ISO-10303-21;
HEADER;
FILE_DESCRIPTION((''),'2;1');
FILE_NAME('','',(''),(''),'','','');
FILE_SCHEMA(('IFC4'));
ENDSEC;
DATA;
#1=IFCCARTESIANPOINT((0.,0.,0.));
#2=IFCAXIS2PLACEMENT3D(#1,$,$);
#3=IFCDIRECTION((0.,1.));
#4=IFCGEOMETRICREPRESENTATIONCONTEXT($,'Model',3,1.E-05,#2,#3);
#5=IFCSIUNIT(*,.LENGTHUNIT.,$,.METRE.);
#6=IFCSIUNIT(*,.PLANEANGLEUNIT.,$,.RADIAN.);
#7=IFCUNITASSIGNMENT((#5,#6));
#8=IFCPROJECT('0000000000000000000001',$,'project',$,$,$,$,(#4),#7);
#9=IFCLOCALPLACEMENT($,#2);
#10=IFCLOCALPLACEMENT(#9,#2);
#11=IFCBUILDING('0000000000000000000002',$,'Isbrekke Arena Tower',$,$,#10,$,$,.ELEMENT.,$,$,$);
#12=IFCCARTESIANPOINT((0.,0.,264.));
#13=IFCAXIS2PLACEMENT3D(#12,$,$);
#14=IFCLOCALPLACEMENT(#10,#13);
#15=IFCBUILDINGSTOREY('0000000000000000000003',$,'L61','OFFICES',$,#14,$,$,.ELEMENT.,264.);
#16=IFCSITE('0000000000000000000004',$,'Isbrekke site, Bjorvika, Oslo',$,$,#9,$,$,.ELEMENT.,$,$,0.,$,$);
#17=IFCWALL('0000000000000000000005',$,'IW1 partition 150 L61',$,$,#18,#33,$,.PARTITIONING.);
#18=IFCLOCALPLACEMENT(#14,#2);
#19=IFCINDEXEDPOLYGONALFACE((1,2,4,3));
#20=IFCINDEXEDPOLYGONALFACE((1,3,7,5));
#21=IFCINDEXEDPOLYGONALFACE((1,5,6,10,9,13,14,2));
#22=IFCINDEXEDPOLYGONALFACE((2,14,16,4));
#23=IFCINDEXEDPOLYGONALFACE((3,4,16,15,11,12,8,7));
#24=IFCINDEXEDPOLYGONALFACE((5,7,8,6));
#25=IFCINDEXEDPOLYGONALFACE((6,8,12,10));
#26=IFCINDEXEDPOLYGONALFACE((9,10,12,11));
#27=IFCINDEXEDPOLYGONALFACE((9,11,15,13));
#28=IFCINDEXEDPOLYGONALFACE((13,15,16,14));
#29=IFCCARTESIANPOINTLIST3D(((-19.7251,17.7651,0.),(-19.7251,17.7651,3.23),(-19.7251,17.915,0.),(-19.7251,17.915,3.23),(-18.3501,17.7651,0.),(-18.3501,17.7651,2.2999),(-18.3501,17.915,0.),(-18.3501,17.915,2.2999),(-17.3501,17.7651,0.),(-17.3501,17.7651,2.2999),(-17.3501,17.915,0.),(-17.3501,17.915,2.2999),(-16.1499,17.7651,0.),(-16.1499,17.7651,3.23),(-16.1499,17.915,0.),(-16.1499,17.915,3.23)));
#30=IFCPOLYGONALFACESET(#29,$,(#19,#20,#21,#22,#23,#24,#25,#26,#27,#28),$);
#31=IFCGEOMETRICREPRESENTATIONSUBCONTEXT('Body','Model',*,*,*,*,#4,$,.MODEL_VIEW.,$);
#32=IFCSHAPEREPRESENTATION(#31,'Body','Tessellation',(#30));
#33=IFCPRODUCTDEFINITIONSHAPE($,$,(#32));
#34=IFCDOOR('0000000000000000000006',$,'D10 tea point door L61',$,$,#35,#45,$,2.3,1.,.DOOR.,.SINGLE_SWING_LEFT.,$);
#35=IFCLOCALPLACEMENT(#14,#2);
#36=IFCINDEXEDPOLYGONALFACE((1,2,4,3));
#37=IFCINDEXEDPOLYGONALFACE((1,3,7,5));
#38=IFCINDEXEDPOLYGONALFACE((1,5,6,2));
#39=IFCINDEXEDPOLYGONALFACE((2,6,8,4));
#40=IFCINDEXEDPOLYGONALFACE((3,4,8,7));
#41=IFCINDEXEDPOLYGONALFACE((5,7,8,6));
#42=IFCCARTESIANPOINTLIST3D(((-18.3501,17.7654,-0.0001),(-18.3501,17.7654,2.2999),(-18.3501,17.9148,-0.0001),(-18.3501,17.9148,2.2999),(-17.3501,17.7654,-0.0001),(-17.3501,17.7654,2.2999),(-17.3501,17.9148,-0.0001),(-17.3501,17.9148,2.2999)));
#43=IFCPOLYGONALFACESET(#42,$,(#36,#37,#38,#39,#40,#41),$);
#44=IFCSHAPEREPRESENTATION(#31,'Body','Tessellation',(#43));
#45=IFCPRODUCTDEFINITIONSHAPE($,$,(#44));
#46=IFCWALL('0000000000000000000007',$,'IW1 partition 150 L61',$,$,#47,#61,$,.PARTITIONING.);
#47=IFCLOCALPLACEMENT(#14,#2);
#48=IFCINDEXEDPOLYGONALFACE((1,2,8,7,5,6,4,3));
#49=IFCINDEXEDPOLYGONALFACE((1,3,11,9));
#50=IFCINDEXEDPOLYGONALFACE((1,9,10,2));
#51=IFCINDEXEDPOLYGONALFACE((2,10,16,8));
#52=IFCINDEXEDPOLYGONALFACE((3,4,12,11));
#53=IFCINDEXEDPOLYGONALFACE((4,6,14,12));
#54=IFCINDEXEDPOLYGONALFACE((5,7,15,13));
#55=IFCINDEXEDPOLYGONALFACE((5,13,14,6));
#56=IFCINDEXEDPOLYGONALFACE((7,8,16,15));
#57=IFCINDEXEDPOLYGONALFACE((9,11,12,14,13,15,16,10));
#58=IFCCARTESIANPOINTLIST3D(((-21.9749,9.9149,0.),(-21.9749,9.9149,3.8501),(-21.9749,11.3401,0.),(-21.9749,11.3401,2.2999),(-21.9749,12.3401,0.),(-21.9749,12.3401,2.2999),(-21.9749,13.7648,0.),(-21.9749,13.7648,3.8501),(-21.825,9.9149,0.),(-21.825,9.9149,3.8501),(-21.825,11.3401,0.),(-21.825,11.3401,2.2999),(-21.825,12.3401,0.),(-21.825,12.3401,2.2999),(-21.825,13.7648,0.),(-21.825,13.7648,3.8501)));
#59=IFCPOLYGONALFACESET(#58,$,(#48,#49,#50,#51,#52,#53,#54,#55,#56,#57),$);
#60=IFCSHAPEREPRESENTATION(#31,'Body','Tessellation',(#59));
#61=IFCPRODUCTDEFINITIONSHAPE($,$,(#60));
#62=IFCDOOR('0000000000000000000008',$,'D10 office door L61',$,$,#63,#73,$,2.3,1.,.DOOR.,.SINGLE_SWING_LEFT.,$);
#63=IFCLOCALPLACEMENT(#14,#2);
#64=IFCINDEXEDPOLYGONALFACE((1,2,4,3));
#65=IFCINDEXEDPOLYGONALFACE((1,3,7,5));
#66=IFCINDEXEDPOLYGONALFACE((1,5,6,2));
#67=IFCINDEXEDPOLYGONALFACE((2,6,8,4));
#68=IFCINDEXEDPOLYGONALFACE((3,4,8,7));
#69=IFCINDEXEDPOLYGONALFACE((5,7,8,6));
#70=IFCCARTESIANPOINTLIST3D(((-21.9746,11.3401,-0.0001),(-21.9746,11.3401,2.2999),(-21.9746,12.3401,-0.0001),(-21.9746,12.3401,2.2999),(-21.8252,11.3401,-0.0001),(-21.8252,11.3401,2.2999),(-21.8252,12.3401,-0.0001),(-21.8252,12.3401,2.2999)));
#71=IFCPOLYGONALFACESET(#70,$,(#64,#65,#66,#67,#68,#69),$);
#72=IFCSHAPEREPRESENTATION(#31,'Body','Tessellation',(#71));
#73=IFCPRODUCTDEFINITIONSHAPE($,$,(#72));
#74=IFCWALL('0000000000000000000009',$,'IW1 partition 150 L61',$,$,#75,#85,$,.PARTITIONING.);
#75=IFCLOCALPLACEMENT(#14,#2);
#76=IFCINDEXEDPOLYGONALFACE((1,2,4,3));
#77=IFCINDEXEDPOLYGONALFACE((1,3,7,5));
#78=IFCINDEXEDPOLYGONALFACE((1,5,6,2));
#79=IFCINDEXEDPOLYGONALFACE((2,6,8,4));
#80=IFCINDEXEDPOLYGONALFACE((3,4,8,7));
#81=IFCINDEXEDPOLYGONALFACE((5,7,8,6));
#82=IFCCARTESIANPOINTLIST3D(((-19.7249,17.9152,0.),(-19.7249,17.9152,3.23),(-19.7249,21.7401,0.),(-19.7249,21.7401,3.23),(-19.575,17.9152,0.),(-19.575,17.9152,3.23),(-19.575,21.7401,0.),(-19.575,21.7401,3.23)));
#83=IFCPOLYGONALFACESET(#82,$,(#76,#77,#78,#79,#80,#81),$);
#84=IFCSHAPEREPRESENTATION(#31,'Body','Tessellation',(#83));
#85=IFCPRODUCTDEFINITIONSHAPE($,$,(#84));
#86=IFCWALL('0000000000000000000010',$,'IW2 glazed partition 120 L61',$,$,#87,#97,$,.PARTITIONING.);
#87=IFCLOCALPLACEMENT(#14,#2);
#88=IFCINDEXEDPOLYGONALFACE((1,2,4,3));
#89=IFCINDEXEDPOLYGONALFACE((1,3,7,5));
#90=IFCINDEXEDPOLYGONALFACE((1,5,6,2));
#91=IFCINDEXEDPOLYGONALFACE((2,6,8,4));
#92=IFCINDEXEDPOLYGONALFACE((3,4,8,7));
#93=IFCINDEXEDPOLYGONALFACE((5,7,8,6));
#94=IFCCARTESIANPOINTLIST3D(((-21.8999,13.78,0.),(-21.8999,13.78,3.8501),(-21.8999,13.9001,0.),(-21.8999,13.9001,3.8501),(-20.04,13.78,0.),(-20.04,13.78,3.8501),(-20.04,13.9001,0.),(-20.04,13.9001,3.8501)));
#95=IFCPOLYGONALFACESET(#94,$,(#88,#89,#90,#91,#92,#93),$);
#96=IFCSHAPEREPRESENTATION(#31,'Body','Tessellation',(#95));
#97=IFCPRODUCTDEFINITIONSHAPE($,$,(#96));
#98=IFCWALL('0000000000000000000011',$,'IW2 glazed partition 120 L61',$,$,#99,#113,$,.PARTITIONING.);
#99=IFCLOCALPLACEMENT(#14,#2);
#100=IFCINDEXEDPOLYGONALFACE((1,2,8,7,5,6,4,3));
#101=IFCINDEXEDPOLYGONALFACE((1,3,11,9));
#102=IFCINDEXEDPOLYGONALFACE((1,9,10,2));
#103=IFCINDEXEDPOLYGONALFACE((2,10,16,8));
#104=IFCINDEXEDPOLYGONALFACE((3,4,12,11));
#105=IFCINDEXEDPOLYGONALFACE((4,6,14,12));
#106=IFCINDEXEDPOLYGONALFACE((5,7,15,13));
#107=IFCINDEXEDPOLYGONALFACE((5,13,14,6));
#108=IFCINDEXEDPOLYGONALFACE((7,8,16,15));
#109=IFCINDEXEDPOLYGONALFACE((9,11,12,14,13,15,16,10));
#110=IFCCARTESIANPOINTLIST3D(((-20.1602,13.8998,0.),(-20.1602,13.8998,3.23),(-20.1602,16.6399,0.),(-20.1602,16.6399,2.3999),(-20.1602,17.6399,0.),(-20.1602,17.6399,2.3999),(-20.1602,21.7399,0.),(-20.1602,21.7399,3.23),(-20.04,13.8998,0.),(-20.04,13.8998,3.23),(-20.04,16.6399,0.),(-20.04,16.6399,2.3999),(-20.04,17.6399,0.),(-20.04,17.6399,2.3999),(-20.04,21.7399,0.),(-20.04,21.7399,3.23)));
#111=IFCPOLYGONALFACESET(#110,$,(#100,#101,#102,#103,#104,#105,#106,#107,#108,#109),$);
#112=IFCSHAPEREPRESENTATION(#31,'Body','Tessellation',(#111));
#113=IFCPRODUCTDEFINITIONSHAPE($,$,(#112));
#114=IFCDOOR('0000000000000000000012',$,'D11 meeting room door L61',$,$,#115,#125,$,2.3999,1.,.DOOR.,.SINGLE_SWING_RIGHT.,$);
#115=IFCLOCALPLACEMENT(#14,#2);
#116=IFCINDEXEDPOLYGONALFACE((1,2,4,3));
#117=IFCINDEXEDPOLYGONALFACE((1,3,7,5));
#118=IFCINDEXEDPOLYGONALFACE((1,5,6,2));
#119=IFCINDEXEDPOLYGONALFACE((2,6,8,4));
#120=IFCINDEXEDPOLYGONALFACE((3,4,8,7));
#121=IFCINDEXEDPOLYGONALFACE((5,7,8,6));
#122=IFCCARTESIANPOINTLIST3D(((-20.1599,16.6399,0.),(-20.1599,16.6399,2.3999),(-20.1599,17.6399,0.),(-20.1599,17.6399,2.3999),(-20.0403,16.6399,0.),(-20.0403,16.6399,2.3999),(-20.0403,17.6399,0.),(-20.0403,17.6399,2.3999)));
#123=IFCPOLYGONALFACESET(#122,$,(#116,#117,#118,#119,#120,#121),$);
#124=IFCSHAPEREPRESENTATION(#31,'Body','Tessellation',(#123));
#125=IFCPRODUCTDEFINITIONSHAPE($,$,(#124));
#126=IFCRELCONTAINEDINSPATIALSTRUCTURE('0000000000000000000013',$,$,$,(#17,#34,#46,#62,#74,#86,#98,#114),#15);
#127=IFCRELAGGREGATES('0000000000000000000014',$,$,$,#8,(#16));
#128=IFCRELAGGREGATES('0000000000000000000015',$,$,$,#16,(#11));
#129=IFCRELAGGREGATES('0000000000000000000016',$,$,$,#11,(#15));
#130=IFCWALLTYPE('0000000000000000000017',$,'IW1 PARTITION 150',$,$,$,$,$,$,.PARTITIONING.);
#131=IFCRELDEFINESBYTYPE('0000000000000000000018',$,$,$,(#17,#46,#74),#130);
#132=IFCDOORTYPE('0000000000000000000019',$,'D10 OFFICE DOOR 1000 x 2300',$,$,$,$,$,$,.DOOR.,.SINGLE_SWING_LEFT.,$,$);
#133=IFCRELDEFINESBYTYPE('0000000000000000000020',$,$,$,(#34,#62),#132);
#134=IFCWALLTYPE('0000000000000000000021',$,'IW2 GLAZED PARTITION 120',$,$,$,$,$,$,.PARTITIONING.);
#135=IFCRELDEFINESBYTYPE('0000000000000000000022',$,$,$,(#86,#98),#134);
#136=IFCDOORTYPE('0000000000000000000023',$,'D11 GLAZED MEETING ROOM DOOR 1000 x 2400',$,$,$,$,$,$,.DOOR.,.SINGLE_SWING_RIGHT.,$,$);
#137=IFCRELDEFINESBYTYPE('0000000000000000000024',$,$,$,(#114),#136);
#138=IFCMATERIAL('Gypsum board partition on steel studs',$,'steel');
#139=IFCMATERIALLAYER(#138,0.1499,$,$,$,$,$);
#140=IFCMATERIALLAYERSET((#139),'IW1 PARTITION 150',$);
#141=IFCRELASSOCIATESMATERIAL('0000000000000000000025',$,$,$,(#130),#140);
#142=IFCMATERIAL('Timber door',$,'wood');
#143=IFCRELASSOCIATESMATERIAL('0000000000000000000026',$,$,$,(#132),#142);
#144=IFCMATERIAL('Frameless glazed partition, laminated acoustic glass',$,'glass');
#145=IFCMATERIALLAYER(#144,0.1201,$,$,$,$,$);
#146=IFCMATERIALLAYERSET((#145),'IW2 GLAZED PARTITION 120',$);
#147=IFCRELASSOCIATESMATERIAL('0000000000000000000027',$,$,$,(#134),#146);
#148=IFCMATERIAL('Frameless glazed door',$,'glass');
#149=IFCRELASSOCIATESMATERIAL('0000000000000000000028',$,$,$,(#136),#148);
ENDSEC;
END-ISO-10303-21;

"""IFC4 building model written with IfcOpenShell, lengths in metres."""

from ifc_helpers import new_model, si_unit, direction, frame, frame_2d, origin, place, context, subcontext, project, spatial, rectangle, extrude, material, layer, layer_set, type_object, element, fill, save


model = new_model("IFC4")

# Units and contexts
model_context = context("Model", 3, precision=1e-05, world=origin(), true_north=direction((0.0, 1.0)))
body_context = subcontext(model_context, "Body", "Model", "MODEL_VIEW")
ifc_project = project(units=[si_unit("LENGTHUNIT", "METRE"), si_unit("PLANEANGLEUNIT", "RADIAN")], contexts=[model_context])

# Site, building, storey
site_placement = place(None, origin())
site = spatial("IfcSite", under=ifc_project, at=site_placement, Name="Isbrekke site, Bjorvika, Oslo", CompositionType="ELEMENT", RefElevation=0.0)
building_placement = place(site_placement, origin())
building = spatial("IfcBuilding", under=site, at=building_placement, Name="Isbrekke Arena Tower", CompositionType="ELEMENT")
storey_placement = place(building_placement, frame((0.0, 0.0, 264.0)))
storey = spatial("IfcBuildingStorey", under=building, at=storey_placement, Name="L61", Description="OFFICES", CompositionType="ELEMENT", Elevation=264.0)

# Shared definitions
ifc_material_1 = material(Name="Gypsum board partition on steel studs", Category="steel")
ifc_layer_1 = layer(ifc_material_1, 0.1499)
ifc_layer_set_1 = layer_set([ifc_layer_1], Name="IW1 PARTITION 150")
wall_type_1 = type_object("IfcWallType", Name="IW1 PARTITION 150", PredefinedType="PARTITIONING", material=ifc_layer_set_1)

# Walls, openings, doors
wall_1_placement = place(storey_placement, frame((-19.7251, 17.8401, 0.0), z_axis=(0.0, 0.0, 1.0), x_axis=(1.0, 0.0, 0.0)))
wall_1 = element("IfcWall", 1, at=wall_1_placement, inside=storey, type_object=wall_type_1, Name="IW1 partition 150 L61", PredefinedType="PARTITIONING", context=body_context, shape_type="SweptSolid", body=[
    extrude(rectangle(XDim=3.5752, YDim=0.1499, at=frame_2d((1.7876, 0.0))), origin(), (0.0, 0.0, 1.0), 3.23),
])
opening_1_placement = place(wall_1_placement, frame((1.375, 0.0, 0.0)))
opening_1 = element("IfcOpeningElement", 2, at=opening_1_placement, cuts=wall_1, PredefinedType="OPENING", context=body_context, shape_type="SweptSolid", body=[
    extrude(rectangle(XDim=1.0, YDim=2.3, at=frame_2d((0.5, 1.1499))), frame((0.0, 0.0898, 0.0), z_axis=(0.0, -1.0, 0.0), x_axis=(1.0, 0.0, 0.0)), (0.0, 0.0, 1.0), 0.1797),
])
ifc_material_2 = material(Name="Timber door", Category="wood")
door_type_1 = type_object("IfcDoorType", Name="D10 OFFICE DOOR 1000 x 2300", OperationType="SINGLE_SWING_LEFT", PredefinedType="DOOR", material=ifc_material_2)
door_1_placement = place(opening_1_placement, origin())
door_1 = element("IfcDoor", 3, at=door_1_placement, inside=storey, type_object=door_type_1, Name="D10 tea point door L61", OperationType="SINGLE_SWING_LEFT", OverallHeight=2.3, OverallWidth=1.0, PredefinedType="DOOR", context=body_context, shape_type="SweptSolid", body=[
    extrude(rectangle(XDim=1.0, YDim=2.3, at=frame_2d((0.5, 1.1499))), frame((0.0, 0.0747, 0.0), z_axis=(0.0, -1.0, 0.0), x_axis=(1.0, 0.0, 0.0)), (0.0, 0.0, 1.0), 0.1494),
])
fill(opening_1, door_1)
wall_2_placement = place(storey_placement, frame((-21.8999, 9.915, 0.0), z_axis=(0.0, 0.0, 1.0), x_axis=(0.0, 1.0, 0.0)))
wall_2 = element("IfcWall", 4, at=wall_2_placement, inside=storey, type_object=wall_type_1, Name="IW1 partition 150 L61", PredefinedType="PARTITIONING", context=body_context, shape_type="SweptSolid", body=[
    extrude(rectangle(XDim=3.8499, YDim=0.1499, at=frame_2d((1.9248, 0.0))), origin(), (0.0, 0.0, 1.0), 3.8501),
])
opening_2_placement = place(wall_2_placement, frame((1.425, 0.0, 0.0)))
opening_2 = element("IfcOpeningElement", 5, at=opening_2_placement, cuts=wall_2, PredefinedType="OPENING", context=body_context, shape_type="SweptSolid", body=[
    extrude(rectangle(XDim=1.0, YDim=2.3, at=frame_2d((0.5, 1.1499))), frame((0.0, 0.0898, 0.0), z_axis=(0.0, -1.0, 0.0), x_axis=(1.0, 0.0, 0.0)), (0.0, 0.0, 1.0), 0.1797),
])
door_2_placement = place(opening_2_placement, origin())
door_2 = element("IfcDoor", 6, at=door_2_placement, inside=storey, type_object=door_type_1, Name="D10 office door L61", OperationType="SINGLE_SWING_LEFT", OverallHeight=2.3, OverallWidth=1.0, PredefinedType="DOOR", context=body_context, shape_type="SweptSolid", body=[
    extrude(rectangle(XDim=1.0, YDim=2.3, at=frame_2d((0.5, 1.1499))), frame((0.0, 0.0747, 0.0), z_axis=(0.0, -1.0, 0.0), x_axis=(1.0, 0.0, 0.0)), (0.0, 0.0, 1.0), 0.1494),
])
fill(opening_2, door_2)

# Walls
wall_3_placement = place(storey_placement, frame((-19.6499, 17.915, 0.0), z_axis=(0.0, 0.0, 1.0), x_axis=(0.0, 1.0, 0.0)))
element("IfcWall", 7, at=wall_3_placement, inside=storey, type_object=wall_type_1, Name="IW1 partition 150 L61", PredefinedType="PARTITIONING", context=body_context, shape_type="SweptSolid", body=[
    extrude(rectangle(XDim=3.825, YDim=0.1499, at=frame_2d((1.9126, 0.0))), origin(), (0.0, 0.0, 1.0), 3.23),
])
ifc_material_3 = material(Name="Frameless glazed partition, laminated acoustic glass", Category="glass")
ifc_layer_2 = layer(ifc_material_3, 0.1201)
ifc_layer_set_2 = layer_set([ifc_layer_2], Name="IW2 GLAZED PARTITION 120")
wall_type_2 = type_object("IfcWallType", Name="IW2 GLAZED PARTITION 120", PredefinedType="PARTITIONING", material=ifc_layer_set_2)
wall_4_placement = place(storey_placement, frame((-21.8999, 13.8401, 0.0), z_axis=(0.0, 0.0, 1.0), x_axis=(1.0, 0.0, 0.0)))
element("IfcWall", 8, at=wall_4_placement, inside=storey, type_object=wall_type_2, Name="IW2 glazed partition 120 L61", PredefinedType="PARTITIONING", context=body_context, shape_type="SweptSolid", body=[
    extrude(rectangle(XDim=1.8599, YDim=0.1201, at=frame_2d((0.9299, 0.0))), origin(), (0.0, 0.0, 1.0), 3.8501),
])

# Wall, opening, door
wall_5_placement = place(storey_placement, frame((-20.1001, 13.8999, 0.0), z_axis=(0.0, 0.0, 1.0), x_axis=(0.0, 1.0, 0.0)))
wall_5 = element("IfcWall", 9, at=wall_5_placement, inside=storey, type_object=wall_type_2, Name="IW2 glazed partition 120 L61", PredefinedType="PARTITIONING", context=body_context, shape_type="SweptSolid", body=[
    extrude(rectangle(XDim=7.8401, YDim=0.1201, at=frame_2d((3.9199, 0.0))), origin(), (0.0, 0.0, 1.0), 3.23),
])
opening_3_placement = place(wall_5_placement, frame((2.74, 0.0, 0.0)))
opening_3 = element("IfcOpeningElement", 10, at=opening_3_placement, cuts=wall_5, PredefinedType="OPENING", context=body_context, shape_type="SweptSolid", body=[
    extrude(rectangle(XDim=1.0, YDim=2.3999, at=frame_2d((0.5, 1.2))), frame((0.0, 0.075, 0.0), z_axis=(0.0, -1.0, 0.0), x_axis=(1.0, 0.0, 0.0)), (0.0, 0.0, 1.0), 0.1499),
])
ifc_material_4 = material(Name="Frameless glazed door", Category="glass")
door_type_2 = type_object("IfcDoorType", Name="D11 GLAZED MEETING ROOM DOOR 1000 x 2400", OperationType="SINGLE_SWING_RIGHT", PredefinedType="DOOR", material=ifc_material_4)
door_3_placement = place(opening_3_placement, origin())
door_3 = element("IfcDoor", 11, at=door_3_placement, inside=storey, type_object=door_type_2, Name="D11 meeting room door L61", OperationType="SINGLE_SWING_RIGHT", OverallHeight=2.3999, OverallWidth=1.0, PredefinedType="DOOR", context=body_context, shape_type="SweptSolid", body=[
    extrude(rectangle(XDim=1.0, YDim=2.3999, at=frame_2d((0.5, 1.2))), frame((0.0, 0.0598, 0.0), z_axis=(0.0, -1.0, 0.0), x_axis=(1.0, 0.0, 0.0)), (0.0, 0.0, 1.0), 0.1196),
])
fill(opening_3, door_3)

save(model, "model.ifc")
